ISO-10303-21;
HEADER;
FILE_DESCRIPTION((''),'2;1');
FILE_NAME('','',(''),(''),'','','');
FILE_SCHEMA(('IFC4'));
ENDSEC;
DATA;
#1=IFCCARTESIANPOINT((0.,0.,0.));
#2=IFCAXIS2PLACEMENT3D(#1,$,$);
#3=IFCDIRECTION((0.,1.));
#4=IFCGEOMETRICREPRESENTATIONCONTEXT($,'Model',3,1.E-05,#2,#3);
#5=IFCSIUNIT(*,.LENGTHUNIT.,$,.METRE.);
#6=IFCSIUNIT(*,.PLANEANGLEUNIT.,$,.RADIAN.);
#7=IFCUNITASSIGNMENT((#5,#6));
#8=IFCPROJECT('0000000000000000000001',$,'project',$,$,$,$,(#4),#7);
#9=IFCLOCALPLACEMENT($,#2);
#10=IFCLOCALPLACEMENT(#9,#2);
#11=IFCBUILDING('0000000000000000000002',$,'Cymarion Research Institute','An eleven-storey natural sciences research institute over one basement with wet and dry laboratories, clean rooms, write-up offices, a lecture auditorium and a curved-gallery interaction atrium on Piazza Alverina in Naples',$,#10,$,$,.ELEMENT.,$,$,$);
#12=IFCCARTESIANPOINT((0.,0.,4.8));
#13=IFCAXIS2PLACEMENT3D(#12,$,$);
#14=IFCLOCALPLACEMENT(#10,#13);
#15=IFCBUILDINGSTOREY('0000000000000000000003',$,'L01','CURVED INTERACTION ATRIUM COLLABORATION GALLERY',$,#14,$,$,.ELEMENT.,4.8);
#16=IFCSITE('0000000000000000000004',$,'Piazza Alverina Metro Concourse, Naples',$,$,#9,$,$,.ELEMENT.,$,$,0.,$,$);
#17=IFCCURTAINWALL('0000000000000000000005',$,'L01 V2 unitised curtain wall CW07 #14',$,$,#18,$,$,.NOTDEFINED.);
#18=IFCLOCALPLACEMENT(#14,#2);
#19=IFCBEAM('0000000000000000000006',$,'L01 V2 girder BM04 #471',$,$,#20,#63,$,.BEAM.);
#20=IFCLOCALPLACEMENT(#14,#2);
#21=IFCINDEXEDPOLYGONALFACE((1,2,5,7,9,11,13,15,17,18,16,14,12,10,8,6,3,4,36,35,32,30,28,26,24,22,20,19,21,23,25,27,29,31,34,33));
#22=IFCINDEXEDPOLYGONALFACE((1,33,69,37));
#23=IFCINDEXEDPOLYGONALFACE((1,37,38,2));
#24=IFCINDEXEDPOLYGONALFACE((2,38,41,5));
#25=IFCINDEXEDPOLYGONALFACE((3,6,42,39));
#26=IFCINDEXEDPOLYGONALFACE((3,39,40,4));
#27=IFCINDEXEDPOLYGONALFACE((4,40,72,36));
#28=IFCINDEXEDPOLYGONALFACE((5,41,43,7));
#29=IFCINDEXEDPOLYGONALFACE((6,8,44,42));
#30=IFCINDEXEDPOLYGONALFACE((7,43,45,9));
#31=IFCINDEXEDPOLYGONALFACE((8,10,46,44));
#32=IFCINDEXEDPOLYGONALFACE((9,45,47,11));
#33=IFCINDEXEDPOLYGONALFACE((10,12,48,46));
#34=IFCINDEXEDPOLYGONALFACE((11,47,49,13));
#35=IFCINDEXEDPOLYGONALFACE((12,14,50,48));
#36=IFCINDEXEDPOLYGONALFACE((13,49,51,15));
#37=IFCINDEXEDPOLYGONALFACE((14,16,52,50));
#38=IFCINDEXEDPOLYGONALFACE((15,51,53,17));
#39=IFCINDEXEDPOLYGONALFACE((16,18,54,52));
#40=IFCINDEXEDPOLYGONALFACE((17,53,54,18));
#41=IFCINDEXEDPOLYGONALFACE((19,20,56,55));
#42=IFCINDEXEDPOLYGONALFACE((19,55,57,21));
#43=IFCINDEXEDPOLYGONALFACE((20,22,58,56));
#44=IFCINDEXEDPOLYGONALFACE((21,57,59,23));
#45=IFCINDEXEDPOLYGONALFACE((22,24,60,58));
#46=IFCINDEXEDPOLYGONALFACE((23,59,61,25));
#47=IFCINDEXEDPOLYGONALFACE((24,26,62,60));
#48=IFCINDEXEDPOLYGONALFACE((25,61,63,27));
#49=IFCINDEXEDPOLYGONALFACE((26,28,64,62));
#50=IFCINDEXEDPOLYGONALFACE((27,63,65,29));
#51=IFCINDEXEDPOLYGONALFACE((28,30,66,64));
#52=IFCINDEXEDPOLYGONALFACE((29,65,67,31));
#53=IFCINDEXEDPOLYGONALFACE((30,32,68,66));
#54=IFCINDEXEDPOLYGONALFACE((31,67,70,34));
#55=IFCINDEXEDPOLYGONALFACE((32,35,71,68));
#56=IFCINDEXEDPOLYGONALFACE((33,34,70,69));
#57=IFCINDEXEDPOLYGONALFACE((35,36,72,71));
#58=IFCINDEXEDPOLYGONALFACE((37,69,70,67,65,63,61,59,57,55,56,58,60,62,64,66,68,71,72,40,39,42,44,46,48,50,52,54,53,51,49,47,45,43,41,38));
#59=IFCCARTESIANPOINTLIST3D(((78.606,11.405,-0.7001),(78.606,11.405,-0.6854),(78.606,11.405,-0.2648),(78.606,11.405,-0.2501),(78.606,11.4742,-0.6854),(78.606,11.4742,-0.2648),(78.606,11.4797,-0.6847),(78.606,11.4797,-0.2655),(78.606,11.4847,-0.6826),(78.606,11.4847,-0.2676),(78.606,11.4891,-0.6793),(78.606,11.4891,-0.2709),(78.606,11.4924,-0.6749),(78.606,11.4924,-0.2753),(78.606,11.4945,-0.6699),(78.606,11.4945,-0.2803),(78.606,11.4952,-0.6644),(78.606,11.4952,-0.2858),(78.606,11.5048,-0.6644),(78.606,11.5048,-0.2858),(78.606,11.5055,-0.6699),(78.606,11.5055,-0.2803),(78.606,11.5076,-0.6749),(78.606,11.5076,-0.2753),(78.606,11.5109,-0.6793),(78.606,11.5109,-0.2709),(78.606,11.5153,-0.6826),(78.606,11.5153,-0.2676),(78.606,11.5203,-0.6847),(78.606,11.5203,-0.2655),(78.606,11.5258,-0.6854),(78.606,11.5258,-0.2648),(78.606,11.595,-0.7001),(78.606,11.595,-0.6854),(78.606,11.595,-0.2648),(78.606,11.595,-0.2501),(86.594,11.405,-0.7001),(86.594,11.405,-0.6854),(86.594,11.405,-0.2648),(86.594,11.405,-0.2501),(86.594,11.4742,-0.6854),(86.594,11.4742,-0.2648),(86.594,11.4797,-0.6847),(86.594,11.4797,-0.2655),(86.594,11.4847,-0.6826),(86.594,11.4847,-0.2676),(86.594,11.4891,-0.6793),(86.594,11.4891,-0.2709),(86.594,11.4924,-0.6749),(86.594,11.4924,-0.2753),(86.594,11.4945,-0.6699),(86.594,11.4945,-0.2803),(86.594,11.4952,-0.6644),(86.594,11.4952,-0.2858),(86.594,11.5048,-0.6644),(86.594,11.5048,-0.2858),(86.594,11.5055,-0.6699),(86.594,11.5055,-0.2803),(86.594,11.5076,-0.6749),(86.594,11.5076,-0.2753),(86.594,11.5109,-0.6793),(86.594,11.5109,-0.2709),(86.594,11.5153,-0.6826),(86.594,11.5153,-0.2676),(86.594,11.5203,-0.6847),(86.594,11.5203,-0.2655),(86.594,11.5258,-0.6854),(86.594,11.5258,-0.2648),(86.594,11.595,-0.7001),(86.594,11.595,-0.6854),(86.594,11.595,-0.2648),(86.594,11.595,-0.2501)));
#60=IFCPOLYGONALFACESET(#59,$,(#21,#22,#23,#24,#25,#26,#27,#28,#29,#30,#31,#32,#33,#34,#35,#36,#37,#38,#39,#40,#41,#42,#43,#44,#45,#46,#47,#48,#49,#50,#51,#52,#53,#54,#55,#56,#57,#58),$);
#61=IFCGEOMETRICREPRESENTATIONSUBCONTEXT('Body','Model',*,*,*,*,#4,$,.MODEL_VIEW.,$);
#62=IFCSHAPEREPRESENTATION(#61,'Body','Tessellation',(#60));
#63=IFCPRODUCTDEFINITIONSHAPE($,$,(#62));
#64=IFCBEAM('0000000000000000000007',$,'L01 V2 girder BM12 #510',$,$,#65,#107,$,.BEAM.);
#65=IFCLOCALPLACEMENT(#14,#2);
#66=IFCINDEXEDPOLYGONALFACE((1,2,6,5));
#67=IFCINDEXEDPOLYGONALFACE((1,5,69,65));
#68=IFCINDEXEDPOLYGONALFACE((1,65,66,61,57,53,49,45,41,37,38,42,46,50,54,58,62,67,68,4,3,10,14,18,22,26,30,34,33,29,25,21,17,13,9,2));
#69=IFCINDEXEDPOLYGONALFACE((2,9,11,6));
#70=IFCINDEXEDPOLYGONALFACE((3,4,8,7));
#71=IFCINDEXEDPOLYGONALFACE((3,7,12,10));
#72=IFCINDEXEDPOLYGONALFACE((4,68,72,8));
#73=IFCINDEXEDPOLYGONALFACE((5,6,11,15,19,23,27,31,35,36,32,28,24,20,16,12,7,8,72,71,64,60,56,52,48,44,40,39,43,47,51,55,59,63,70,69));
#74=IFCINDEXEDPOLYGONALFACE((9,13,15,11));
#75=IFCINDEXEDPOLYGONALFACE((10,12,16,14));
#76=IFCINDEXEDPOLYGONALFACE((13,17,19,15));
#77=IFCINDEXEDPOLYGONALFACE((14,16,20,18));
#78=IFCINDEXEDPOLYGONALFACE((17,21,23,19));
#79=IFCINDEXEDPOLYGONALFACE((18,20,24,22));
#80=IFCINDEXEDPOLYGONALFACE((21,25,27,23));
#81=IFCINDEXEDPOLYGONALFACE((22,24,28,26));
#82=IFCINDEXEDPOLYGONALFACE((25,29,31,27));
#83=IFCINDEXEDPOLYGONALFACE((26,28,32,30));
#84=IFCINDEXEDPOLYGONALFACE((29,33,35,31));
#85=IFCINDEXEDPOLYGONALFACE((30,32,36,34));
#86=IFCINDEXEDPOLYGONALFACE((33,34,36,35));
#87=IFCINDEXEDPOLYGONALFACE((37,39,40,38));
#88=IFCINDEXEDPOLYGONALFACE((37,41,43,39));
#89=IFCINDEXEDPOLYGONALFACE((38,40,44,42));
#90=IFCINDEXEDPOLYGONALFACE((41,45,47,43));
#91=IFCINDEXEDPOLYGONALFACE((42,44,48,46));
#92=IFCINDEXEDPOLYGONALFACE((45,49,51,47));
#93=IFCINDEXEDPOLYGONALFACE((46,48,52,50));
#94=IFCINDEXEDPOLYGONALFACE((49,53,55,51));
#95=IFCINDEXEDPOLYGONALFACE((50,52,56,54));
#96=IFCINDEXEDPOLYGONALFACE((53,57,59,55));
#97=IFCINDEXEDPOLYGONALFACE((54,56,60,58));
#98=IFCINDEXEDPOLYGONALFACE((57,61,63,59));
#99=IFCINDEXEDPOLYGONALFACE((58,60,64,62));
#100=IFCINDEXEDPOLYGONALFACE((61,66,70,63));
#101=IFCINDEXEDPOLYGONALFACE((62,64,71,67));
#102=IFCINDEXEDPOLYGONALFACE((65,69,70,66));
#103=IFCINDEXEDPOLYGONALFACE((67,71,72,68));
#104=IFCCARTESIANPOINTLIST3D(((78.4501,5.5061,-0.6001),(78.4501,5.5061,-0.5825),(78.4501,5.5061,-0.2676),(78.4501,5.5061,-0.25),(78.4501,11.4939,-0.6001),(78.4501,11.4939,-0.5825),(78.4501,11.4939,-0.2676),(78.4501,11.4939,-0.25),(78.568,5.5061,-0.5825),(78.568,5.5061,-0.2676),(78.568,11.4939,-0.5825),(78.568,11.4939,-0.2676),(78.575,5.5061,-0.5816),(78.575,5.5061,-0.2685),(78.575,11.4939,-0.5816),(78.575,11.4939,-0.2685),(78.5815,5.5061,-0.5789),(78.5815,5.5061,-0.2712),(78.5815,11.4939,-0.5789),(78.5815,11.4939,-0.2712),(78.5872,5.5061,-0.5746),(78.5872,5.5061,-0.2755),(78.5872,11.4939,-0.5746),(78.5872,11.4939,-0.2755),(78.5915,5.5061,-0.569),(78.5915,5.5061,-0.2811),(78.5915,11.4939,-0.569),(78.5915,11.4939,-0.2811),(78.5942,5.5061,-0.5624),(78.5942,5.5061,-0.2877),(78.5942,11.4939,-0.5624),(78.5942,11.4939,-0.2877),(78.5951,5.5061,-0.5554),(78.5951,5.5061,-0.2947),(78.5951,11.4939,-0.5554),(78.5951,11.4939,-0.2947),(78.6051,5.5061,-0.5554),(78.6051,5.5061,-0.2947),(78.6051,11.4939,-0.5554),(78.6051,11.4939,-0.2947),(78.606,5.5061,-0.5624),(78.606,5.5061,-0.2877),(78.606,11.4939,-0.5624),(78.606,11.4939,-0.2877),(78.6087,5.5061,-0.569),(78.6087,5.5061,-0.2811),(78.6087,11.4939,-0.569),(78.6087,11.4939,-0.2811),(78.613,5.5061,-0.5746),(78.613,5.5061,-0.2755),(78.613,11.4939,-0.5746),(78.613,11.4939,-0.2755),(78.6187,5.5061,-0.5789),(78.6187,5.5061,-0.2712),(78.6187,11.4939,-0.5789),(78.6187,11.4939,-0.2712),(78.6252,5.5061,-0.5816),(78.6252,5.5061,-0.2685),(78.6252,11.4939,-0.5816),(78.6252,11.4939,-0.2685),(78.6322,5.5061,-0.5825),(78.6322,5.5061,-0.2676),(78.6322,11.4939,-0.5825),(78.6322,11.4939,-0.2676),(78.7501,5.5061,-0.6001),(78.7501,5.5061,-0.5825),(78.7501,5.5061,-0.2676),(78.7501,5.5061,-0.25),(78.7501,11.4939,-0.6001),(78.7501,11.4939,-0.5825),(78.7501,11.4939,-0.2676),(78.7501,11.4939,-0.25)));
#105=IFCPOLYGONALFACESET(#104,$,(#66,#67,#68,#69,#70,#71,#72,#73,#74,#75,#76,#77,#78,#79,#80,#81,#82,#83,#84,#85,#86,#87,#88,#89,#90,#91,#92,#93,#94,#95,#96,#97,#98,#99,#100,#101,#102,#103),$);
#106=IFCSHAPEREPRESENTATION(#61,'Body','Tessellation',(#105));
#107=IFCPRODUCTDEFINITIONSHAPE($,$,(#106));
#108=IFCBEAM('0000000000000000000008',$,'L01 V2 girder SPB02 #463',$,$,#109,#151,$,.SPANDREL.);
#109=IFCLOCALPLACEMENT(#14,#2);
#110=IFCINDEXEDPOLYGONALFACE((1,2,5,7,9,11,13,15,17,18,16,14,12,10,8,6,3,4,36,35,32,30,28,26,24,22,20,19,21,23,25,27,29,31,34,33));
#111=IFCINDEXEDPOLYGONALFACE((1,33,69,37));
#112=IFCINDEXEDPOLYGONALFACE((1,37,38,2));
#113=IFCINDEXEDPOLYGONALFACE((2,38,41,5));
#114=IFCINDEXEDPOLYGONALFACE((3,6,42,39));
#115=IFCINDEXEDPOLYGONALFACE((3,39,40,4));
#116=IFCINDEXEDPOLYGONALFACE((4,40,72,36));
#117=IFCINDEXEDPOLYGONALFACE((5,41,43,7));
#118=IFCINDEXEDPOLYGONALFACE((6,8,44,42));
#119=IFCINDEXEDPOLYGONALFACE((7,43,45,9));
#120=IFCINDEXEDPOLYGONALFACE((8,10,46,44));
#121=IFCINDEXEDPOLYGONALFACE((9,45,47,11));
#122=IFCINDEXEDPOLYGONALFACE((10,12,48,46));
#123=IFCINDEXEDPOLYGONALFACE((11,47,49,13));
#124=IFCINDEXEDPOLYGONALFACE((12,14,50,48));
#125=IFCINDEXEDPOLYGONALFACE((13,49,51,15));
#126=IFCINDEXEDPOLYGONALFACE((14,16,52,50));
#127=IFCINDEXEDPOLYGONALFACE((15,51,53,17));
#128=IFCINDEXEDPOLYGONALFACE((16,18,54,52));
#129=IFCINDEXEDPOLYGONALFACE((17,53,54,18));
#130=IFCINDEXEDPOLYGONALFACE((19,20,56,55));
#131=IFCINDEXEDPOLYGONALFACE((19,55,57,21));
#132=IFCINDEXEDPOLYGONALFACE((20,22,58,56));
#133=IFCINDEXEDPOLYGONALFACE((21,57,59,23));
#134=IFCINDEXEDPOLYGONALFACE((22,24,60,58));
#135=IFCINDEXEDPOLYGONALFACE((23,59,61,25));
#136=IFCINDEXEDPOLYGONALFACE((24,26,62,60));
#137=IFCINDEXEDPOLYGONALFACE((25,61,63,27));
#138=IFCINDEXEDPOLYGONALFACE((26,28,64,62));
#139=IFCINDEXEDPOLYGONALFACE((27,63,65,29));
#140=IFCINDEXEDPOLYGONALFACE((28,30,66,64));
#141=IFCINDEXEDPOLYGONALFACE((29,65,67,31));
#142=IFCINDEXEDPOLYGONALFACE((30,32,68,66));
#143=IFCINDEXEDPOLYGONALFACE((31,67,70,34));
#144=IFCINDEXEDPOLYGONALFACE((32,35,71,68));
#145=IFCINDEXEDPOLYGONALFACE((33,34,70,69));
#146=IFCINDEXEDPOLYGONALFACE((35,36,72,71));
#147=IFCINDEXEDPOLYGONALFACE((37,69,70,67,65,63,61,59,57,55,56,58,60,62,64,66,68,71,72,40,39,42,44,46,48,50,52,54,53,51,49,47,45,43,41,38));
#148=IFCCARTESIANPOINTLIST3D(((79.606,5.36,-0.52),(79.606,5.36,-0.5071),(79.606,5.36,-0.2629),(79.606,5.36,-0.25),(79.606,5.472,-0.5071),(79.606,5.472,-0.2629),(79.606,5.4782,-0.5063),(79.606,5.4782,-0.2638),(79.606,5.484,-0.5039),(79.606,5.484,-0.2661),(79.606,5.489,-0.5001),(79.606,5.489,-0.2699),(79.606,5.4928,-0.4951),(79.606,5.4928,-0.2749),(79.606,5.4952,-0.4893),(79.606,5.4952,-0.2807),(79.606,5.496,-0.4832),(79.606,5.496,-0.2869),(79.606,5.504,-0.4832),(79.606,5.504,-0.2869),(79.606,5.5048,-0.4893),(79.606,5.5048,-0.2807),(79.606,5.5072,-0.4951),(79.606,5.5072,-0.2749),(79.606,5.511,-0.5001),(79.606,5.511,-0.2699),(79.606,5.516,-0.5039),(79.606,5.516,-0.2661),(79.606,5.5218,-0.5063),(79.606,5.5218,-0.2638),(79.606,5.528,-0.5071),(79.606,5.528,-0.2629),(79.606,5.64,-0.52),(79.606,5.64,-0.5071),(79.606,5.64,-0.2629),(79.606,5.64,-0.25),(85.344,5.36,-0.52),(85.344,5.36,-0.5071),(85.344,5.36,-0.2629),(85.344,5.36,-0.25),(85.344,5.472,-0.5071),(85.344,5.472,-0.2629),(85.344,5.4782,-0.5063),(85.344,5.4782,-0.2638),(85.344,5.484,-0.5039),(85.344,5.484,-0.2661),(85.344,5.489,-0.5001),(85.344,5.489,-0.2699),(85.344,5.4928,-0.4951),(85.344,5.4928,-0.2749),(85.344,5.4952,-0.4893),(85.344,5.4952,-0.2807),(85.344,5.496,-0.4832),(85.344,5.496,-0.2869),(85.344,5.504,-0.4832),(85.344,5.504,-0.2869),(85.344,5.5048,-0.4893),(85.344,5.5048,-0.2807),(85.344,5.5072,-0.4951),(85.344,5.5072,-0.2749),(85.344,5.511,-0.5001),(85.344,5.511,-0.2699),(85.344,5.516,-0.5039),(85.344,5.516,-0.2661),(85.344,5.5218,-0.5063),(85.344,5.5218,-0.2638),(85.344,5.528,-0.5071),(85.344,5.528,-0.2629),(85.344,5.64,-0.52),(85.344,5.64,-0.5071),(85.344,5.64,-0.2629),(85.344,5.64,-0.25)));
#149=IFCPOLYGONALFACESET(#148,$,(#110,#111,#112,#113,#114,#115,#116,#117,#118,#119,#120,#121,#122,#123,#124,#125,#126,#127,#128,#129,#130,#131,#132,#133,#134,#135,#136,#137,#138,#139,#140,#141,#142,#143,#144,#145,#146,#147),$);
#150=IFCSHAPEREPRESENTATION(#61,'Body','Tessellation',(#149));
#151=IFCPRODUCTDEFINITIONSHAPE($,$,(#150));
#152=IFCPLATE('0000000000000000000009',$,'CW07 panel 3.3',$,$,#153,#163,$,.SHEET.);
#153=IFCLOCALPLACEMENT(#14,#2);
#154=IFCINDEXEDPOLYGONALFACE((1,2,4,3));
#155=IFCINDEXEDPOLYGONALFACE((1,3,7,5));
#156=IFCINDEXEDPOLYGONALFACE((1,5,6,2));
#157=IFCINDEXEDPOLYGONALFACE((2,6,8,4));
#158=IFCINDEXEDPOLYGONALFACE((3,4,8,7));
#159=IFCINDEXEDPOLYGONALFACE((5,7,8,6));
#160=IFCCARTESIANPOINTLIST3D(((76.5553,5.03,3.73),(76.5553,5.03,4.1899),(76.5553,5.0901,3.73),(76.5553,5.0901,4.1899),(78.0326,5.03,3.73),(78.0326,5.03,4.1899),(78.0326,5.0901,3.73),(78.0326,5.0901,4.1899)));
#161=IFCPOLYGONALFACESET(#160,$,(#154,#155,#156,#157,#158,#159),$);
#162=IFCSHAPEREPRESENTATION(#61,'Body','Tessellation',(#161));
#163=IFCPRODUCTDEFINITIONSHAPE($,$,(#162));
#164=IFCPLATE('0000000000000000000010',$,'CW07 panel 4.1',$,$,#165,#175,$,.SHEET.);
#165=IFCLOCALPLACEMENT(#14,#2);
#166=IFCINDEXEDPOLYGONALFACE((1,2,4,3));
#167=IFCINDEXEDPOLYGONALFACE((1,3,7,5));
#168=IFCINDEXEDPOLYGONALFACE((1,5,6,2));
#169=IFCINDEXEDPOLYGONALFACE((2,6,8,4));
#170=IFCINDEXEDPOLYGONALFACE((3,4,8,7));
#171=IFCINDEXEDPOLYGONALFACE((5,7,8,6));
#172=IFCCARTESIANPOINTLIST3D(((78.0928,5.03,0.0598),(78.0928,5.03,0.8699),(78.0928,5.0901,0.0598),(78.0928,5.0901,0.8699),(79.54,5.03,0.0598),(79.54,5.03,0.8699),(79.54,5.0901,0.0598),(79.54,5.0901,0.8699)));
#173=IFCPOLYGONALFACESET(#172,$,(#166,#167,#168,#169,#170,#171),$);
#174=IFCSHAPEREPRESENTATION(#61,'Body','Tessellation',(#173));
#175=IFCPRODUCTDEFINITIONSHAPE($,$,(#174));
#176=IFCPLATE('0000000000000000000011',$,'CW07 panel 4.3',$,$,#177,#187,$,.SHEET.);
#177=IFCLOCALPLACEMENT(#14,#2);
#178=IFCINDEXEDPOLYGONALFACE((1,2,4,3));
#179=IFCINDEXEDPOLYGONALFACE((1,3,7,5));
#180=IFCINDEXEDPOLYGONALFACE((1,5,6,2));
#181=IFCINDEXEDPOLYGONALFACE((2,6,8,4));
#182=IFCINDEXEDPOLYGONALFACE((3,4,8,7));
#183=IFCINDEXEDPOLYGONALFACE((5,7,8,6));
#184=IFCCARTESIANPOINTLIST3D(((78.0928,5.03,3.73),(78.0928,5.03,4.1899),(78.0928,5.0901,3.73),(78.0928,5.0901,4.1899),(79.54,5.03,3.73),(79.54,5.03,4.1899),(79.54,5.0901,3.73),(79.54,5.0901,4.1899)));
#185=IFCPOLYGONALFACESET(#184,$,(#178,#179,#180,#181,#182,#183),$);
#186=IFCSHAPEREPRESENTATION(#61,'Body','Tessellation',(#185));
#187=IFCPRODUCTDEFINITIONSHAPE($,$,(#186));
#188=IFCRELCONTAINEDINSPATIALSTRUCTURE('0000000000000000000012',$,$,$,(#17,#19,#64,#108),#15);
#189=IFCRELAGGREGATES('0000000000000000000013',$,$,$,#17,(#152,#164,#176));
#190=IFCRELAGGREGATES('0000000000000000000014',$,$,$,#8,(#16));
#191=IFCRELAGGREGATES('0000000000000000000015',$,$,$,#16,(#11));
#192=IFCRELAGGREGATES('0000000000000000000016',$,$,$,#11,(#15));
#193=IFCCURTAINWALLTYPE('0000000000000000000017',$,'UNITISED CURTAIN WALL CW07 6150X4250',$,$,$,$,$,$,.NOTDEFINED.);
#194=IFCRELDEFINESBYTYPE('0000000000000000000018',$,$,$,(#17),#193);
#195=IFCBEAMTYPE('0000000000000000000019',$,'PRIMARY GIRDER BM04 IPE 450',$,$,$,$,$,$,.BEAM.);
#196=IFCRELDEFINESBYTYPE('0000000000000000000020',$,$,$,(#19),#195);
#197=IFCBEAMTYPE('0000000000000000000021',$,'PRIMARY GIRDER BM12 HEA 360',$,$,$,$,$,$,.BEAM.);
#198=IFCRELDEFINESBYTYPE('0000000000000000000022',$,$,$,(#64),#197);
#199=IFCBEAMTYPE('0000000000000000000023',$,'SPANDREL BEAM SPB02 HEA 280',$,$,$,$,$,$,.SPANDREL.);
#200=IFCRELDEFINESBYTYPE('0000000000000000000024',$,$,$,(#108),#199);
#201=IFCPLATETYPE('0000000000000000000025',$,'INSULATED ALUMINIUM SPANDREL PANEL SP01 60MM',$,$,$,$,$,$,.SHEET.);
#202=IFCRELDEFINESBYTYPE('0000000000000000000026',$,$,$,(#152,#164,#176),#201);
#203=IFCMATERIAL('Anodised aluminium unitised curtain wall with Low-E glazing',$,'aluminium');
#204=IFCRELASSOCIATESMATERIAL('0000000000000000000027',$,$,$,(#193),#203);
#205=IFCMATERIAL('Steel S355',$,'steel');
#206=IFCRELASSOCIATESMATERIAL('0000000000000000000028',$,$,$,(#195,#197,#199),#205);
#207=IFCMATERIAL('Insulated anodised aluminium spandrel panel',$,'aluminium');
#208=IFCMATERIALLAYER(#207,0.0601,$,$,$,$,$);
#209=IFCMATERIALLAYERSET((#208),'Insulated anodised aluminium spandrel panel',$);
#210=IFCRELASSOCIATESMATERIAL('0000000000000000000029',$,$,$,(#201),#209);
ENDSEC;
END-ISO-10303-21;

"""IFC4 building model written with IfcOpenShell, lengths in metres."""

from ifc_helpers import new_model, si_unit, direction, frame, origin, origin_2d, place, context, subcontext, project, spatial, rectangle, i_section, extrude, material, layer, layer_set, material_profile, profile_set, type_object, element, aggregate, save


model = new_model("IFC4")

# Units and contexts
model_context = context("Model", 3, precision=1e-05, world=origin(), true_north=direction((0.0, 1.0)))
body_context = subcontext(model_context, "Body", "Model", "MODEL_VIEW")
ifc_project = project(units=[si_unit("LENGTHUNIT", "METRE"), si_unit("PLANEANGLEUNIT", "RADIAN")], contexts=[model_context])

# Site, building, storey
site_placement = place(None, origin())
site = spatial("IfcSite", under=ifc_project, at=site_placement, Name="Piazza Alverina Metro Concourse, Naples", CompositionType="ELEMENT", RefElevation=0.0)
building_placement = place(site_placement, origin())
building = spatial("IfcBuilding", under=site, at=building_placement, Name="Cymarion Research Institute", Description="An eleven-storey natural sciences research institute over one basement with wet and dry laboratories, clean rooms, write-up offices, a lecture auditorium and a curved-gallery interaction atrium on Piazza Alverina in Naples", CompositionType="ELEMENT")
storey_placement = place(building_placement, frame((0.0, 0.0, 4.8)))
storey = spatial("IfcBuildingStorey", under=building, at=storey_placement, Name="L01", Description="CURVED INTERACTION ATRIUM COLLABORATION GALLERY", CompositionType="ELEMENT", Elevation=4.8)

# Shared definitions
ifc_material_1 = material(Name="Steel S355", Category="steel")

# Curtain wall
ifc_material_2 = material(Name="Anodised aluminium unitised curtain wall with Low-E glazing", Category="aluminium")
curtain_wall_type = type_object("IfcCurtainWallType", Name="UNITISED CURTAIN WALL CW07 6150X4250", PredefinedType="NOTDEFINED", material=ifc_material_2)
curtain_wall_1_placement = place(storey_placement, origin())
curtain_wall_1 = element("IfcCurtainWall", 1, at=curtain_wall_1_placement, inside=storey, type_object=curtain_wall_type, Name="L01 V2 unitised curtain wall CW07 #14", PredefinedType="NOTDEFINED")

# Beams
ifc_material_profile_1 = material_profile(ifc_material_1, i_section(OverallWidth=0.1899, OverallDepth=0.45, WebThickness=0.0095, FlangeThickness=0.0146, FilletRadius=0.021, at=origin_2d()), Name="IPE 450")
ifc_profile_set_1 = profile_set([ifc_material_profile_1], Name="Steel S355")
beam_type_1 = type_object("IfcBeamType", Name="PRIMARY GIRDER BM04 IPE 450", PredefinedType="BEAM", material=ifc_profile_set_1)
beam_1_placement = place(storey_placement, frame((78.606, 11.5, -0.4751), z_axis=(1.0, 0.0, 0.0), x_axis=(0.0, 1.0, 0.0)))
element("IfcBeam", 2, at=beam_1_placement, inside=storey, type_object=beam_type_1, Name="L01 V2 girder BM04 #471", PredefinedType="BEAM", context=body_context, shape_type="SweptSolid", body=[
    extrude(i_section(OverallWidth=0.1899, OverallDepth=0.45, WebThickness=0.0095, FlangeThickness=0.0146, FilletRadius=0.021, at=origin_2d()), origin(), (0.0, 0.0, 1.0), 7.988),
])
ifc_material_profile_2 = material_profile(ifc_material_1, i_section(OverallWidth=0.3, OverallDepth=0.3501, WebThickness=0.01, FlangeThickness=0.0176, FilletRadius=0.0271, at=origin_2d()), Name="HEA 360")
ifc_profile_set_2 = profile_set([ifc_material_profile_2], Name="Steel S355")
beam_type_2 = type_object("IfcBeamType", Name="PRIMARY GIRDER BM12 HEA 360", PredefinedType="BEAM", material=ifc_profile_set_2)
beam_2_placement = place(storey_placement, frame((78.6001, 5.5061, -0.425), z_axis=(0.0, 1.0, 0.0), x_axis=(-1.0, 0.0, 0.0)))
element("IfcBeam", 3, at=beam_2_placement, inside=storey, type_object=beam_type_2, Name="L01 V2 girder BM12 #510", PredefinedType="BEAM", context=body_context, shape_type="SweptSolid", body=[
    extrude(i_section(OverallWidth=0.3, OverallDepth=0.3501, WebThickness=0.01, FlangeThickness=0.0176, FilletRadius=0.0271, at=origin_2d()), origin(), (0.0, 0.0, 1.0), 5.9878),
])
ifc_material_profile_3 = material_profile(ifc_material_1, i_section(OverallWidth=0.28, OverallDepth=0.27, WebThickness=0.0081, FlangeThickness=0.0129, FilletRadius=0.0239, at=origin_2d()), Name="HEA 280")
ifc_profile_set_3 = profile_set([ifc_material_profile_3], Name="Steel S355")
beam_type_3 = type_object("IfcBeamType", Name="SPANDREL BEAM SPB02 HEA 280", PredefinedType="SPANDREL", material=ifc_profile_set_3)
beam_3_placement = place(storey_placement, frame((79.606, 5.5, -0.385), z_axis=(1.0, 0.0, 0.0), x_axis=(0.0, 1.0, 0.0)))
element("IfcBeam", 4, at=beam_3_placement, inside=storey, type_object=beam_type_3, Name="L01 V2 girder SPB02 #463", PredefinedType="SPANDREL", context=body_context, shape_type="SweptSolid", body=[
    extrude(i_section(OverallWidth=0.28, OverallDepth=0.27, WebThickness=0.0081, FlangeThickness=0.0129, FilletRadius=0.0239, at=origin_2d()), origin(), (0.0, 0.0, 1.0), 5.738),
])

# Plates
ifc_material_3 = material(Name="Insulated anodised aluminium spandrel panel", Category="aluminium")
ifc_layer_1 = layer(ifc_material_3, 0.0601)
ifc_layer_set_1 = layer_set([ifc_layer_1], Name="Insulated anodised aluminium spandrel panel")
plate_type_1 = type_object("IfcPlateType", Name="INSULATED ALUMINIUM SPANDREL PANEL SP01 60MM", PredefinedType="SHEET", material=ifc_layer_set_1)
plate_1_placement = place(storey_placement, frame((77.2939, 5.0601, 3.73), z_axis=(0.0, 0.0, 1.0), x_axis=(1.0, 0.0, 0.0)))
plate_1 = element("IfcPlate", 5, at=plate_1_placement, type_object=plate_type_1, Name="CW07 panel 3.3", PredefinedType="SHEET", context=body_context, shape_type="SweptSolid", body=[
    extrude(rectangle(XDim=1.4773, YDim=0.0601, at=origin_2d()), origin(), (0.0, 0.0, 1.0), 0.46),
])
plate_2_placement = place(storey_placement, frame((78.8164, 5.0601, 0.0598), z_axis=(0.0, 0.0, 1.0), x_axis=(1.0, 0.0, 0.0)))
plate_2 = element("IfcPlate", 6, at=plate_2_placement, type_object=plate_type_1, Name="CW07 panel 4.1", PredefinedType="SHEET", context=body_context, shape_type="SweptSolid", body=[
    extrude(rectangle(XDim=1.4473, YDim=0.0601, at=origin_2d()), origin(), (0.0, 0.0, 1.0), 0.8101),
])
plate_3_placement = place(storey_placement, frame((78.8164, 5.0601, 3.73), z_axis=(0.0, 0.0, 1.0), x_axis=(1.0, 0.0, 0.0)))
plate_3 = element("IfcPlate", 7, at=plate_3_placement, type_object=plate_type_1, Name="CW07 panel 4.3", PredefinedType="SHEET", context=body_context, shape_type="SweptSolid", body=[
    extrude(rectangle(XDim=1.4473, YDim=0.0601, at=origin_2d()), origin(), (0.0, 0.0, 1.0), 0.46),
])
aggregate(curtain_wall_1, [plate_1, plate_2, plate_3])

save(model, "model.ifc")
